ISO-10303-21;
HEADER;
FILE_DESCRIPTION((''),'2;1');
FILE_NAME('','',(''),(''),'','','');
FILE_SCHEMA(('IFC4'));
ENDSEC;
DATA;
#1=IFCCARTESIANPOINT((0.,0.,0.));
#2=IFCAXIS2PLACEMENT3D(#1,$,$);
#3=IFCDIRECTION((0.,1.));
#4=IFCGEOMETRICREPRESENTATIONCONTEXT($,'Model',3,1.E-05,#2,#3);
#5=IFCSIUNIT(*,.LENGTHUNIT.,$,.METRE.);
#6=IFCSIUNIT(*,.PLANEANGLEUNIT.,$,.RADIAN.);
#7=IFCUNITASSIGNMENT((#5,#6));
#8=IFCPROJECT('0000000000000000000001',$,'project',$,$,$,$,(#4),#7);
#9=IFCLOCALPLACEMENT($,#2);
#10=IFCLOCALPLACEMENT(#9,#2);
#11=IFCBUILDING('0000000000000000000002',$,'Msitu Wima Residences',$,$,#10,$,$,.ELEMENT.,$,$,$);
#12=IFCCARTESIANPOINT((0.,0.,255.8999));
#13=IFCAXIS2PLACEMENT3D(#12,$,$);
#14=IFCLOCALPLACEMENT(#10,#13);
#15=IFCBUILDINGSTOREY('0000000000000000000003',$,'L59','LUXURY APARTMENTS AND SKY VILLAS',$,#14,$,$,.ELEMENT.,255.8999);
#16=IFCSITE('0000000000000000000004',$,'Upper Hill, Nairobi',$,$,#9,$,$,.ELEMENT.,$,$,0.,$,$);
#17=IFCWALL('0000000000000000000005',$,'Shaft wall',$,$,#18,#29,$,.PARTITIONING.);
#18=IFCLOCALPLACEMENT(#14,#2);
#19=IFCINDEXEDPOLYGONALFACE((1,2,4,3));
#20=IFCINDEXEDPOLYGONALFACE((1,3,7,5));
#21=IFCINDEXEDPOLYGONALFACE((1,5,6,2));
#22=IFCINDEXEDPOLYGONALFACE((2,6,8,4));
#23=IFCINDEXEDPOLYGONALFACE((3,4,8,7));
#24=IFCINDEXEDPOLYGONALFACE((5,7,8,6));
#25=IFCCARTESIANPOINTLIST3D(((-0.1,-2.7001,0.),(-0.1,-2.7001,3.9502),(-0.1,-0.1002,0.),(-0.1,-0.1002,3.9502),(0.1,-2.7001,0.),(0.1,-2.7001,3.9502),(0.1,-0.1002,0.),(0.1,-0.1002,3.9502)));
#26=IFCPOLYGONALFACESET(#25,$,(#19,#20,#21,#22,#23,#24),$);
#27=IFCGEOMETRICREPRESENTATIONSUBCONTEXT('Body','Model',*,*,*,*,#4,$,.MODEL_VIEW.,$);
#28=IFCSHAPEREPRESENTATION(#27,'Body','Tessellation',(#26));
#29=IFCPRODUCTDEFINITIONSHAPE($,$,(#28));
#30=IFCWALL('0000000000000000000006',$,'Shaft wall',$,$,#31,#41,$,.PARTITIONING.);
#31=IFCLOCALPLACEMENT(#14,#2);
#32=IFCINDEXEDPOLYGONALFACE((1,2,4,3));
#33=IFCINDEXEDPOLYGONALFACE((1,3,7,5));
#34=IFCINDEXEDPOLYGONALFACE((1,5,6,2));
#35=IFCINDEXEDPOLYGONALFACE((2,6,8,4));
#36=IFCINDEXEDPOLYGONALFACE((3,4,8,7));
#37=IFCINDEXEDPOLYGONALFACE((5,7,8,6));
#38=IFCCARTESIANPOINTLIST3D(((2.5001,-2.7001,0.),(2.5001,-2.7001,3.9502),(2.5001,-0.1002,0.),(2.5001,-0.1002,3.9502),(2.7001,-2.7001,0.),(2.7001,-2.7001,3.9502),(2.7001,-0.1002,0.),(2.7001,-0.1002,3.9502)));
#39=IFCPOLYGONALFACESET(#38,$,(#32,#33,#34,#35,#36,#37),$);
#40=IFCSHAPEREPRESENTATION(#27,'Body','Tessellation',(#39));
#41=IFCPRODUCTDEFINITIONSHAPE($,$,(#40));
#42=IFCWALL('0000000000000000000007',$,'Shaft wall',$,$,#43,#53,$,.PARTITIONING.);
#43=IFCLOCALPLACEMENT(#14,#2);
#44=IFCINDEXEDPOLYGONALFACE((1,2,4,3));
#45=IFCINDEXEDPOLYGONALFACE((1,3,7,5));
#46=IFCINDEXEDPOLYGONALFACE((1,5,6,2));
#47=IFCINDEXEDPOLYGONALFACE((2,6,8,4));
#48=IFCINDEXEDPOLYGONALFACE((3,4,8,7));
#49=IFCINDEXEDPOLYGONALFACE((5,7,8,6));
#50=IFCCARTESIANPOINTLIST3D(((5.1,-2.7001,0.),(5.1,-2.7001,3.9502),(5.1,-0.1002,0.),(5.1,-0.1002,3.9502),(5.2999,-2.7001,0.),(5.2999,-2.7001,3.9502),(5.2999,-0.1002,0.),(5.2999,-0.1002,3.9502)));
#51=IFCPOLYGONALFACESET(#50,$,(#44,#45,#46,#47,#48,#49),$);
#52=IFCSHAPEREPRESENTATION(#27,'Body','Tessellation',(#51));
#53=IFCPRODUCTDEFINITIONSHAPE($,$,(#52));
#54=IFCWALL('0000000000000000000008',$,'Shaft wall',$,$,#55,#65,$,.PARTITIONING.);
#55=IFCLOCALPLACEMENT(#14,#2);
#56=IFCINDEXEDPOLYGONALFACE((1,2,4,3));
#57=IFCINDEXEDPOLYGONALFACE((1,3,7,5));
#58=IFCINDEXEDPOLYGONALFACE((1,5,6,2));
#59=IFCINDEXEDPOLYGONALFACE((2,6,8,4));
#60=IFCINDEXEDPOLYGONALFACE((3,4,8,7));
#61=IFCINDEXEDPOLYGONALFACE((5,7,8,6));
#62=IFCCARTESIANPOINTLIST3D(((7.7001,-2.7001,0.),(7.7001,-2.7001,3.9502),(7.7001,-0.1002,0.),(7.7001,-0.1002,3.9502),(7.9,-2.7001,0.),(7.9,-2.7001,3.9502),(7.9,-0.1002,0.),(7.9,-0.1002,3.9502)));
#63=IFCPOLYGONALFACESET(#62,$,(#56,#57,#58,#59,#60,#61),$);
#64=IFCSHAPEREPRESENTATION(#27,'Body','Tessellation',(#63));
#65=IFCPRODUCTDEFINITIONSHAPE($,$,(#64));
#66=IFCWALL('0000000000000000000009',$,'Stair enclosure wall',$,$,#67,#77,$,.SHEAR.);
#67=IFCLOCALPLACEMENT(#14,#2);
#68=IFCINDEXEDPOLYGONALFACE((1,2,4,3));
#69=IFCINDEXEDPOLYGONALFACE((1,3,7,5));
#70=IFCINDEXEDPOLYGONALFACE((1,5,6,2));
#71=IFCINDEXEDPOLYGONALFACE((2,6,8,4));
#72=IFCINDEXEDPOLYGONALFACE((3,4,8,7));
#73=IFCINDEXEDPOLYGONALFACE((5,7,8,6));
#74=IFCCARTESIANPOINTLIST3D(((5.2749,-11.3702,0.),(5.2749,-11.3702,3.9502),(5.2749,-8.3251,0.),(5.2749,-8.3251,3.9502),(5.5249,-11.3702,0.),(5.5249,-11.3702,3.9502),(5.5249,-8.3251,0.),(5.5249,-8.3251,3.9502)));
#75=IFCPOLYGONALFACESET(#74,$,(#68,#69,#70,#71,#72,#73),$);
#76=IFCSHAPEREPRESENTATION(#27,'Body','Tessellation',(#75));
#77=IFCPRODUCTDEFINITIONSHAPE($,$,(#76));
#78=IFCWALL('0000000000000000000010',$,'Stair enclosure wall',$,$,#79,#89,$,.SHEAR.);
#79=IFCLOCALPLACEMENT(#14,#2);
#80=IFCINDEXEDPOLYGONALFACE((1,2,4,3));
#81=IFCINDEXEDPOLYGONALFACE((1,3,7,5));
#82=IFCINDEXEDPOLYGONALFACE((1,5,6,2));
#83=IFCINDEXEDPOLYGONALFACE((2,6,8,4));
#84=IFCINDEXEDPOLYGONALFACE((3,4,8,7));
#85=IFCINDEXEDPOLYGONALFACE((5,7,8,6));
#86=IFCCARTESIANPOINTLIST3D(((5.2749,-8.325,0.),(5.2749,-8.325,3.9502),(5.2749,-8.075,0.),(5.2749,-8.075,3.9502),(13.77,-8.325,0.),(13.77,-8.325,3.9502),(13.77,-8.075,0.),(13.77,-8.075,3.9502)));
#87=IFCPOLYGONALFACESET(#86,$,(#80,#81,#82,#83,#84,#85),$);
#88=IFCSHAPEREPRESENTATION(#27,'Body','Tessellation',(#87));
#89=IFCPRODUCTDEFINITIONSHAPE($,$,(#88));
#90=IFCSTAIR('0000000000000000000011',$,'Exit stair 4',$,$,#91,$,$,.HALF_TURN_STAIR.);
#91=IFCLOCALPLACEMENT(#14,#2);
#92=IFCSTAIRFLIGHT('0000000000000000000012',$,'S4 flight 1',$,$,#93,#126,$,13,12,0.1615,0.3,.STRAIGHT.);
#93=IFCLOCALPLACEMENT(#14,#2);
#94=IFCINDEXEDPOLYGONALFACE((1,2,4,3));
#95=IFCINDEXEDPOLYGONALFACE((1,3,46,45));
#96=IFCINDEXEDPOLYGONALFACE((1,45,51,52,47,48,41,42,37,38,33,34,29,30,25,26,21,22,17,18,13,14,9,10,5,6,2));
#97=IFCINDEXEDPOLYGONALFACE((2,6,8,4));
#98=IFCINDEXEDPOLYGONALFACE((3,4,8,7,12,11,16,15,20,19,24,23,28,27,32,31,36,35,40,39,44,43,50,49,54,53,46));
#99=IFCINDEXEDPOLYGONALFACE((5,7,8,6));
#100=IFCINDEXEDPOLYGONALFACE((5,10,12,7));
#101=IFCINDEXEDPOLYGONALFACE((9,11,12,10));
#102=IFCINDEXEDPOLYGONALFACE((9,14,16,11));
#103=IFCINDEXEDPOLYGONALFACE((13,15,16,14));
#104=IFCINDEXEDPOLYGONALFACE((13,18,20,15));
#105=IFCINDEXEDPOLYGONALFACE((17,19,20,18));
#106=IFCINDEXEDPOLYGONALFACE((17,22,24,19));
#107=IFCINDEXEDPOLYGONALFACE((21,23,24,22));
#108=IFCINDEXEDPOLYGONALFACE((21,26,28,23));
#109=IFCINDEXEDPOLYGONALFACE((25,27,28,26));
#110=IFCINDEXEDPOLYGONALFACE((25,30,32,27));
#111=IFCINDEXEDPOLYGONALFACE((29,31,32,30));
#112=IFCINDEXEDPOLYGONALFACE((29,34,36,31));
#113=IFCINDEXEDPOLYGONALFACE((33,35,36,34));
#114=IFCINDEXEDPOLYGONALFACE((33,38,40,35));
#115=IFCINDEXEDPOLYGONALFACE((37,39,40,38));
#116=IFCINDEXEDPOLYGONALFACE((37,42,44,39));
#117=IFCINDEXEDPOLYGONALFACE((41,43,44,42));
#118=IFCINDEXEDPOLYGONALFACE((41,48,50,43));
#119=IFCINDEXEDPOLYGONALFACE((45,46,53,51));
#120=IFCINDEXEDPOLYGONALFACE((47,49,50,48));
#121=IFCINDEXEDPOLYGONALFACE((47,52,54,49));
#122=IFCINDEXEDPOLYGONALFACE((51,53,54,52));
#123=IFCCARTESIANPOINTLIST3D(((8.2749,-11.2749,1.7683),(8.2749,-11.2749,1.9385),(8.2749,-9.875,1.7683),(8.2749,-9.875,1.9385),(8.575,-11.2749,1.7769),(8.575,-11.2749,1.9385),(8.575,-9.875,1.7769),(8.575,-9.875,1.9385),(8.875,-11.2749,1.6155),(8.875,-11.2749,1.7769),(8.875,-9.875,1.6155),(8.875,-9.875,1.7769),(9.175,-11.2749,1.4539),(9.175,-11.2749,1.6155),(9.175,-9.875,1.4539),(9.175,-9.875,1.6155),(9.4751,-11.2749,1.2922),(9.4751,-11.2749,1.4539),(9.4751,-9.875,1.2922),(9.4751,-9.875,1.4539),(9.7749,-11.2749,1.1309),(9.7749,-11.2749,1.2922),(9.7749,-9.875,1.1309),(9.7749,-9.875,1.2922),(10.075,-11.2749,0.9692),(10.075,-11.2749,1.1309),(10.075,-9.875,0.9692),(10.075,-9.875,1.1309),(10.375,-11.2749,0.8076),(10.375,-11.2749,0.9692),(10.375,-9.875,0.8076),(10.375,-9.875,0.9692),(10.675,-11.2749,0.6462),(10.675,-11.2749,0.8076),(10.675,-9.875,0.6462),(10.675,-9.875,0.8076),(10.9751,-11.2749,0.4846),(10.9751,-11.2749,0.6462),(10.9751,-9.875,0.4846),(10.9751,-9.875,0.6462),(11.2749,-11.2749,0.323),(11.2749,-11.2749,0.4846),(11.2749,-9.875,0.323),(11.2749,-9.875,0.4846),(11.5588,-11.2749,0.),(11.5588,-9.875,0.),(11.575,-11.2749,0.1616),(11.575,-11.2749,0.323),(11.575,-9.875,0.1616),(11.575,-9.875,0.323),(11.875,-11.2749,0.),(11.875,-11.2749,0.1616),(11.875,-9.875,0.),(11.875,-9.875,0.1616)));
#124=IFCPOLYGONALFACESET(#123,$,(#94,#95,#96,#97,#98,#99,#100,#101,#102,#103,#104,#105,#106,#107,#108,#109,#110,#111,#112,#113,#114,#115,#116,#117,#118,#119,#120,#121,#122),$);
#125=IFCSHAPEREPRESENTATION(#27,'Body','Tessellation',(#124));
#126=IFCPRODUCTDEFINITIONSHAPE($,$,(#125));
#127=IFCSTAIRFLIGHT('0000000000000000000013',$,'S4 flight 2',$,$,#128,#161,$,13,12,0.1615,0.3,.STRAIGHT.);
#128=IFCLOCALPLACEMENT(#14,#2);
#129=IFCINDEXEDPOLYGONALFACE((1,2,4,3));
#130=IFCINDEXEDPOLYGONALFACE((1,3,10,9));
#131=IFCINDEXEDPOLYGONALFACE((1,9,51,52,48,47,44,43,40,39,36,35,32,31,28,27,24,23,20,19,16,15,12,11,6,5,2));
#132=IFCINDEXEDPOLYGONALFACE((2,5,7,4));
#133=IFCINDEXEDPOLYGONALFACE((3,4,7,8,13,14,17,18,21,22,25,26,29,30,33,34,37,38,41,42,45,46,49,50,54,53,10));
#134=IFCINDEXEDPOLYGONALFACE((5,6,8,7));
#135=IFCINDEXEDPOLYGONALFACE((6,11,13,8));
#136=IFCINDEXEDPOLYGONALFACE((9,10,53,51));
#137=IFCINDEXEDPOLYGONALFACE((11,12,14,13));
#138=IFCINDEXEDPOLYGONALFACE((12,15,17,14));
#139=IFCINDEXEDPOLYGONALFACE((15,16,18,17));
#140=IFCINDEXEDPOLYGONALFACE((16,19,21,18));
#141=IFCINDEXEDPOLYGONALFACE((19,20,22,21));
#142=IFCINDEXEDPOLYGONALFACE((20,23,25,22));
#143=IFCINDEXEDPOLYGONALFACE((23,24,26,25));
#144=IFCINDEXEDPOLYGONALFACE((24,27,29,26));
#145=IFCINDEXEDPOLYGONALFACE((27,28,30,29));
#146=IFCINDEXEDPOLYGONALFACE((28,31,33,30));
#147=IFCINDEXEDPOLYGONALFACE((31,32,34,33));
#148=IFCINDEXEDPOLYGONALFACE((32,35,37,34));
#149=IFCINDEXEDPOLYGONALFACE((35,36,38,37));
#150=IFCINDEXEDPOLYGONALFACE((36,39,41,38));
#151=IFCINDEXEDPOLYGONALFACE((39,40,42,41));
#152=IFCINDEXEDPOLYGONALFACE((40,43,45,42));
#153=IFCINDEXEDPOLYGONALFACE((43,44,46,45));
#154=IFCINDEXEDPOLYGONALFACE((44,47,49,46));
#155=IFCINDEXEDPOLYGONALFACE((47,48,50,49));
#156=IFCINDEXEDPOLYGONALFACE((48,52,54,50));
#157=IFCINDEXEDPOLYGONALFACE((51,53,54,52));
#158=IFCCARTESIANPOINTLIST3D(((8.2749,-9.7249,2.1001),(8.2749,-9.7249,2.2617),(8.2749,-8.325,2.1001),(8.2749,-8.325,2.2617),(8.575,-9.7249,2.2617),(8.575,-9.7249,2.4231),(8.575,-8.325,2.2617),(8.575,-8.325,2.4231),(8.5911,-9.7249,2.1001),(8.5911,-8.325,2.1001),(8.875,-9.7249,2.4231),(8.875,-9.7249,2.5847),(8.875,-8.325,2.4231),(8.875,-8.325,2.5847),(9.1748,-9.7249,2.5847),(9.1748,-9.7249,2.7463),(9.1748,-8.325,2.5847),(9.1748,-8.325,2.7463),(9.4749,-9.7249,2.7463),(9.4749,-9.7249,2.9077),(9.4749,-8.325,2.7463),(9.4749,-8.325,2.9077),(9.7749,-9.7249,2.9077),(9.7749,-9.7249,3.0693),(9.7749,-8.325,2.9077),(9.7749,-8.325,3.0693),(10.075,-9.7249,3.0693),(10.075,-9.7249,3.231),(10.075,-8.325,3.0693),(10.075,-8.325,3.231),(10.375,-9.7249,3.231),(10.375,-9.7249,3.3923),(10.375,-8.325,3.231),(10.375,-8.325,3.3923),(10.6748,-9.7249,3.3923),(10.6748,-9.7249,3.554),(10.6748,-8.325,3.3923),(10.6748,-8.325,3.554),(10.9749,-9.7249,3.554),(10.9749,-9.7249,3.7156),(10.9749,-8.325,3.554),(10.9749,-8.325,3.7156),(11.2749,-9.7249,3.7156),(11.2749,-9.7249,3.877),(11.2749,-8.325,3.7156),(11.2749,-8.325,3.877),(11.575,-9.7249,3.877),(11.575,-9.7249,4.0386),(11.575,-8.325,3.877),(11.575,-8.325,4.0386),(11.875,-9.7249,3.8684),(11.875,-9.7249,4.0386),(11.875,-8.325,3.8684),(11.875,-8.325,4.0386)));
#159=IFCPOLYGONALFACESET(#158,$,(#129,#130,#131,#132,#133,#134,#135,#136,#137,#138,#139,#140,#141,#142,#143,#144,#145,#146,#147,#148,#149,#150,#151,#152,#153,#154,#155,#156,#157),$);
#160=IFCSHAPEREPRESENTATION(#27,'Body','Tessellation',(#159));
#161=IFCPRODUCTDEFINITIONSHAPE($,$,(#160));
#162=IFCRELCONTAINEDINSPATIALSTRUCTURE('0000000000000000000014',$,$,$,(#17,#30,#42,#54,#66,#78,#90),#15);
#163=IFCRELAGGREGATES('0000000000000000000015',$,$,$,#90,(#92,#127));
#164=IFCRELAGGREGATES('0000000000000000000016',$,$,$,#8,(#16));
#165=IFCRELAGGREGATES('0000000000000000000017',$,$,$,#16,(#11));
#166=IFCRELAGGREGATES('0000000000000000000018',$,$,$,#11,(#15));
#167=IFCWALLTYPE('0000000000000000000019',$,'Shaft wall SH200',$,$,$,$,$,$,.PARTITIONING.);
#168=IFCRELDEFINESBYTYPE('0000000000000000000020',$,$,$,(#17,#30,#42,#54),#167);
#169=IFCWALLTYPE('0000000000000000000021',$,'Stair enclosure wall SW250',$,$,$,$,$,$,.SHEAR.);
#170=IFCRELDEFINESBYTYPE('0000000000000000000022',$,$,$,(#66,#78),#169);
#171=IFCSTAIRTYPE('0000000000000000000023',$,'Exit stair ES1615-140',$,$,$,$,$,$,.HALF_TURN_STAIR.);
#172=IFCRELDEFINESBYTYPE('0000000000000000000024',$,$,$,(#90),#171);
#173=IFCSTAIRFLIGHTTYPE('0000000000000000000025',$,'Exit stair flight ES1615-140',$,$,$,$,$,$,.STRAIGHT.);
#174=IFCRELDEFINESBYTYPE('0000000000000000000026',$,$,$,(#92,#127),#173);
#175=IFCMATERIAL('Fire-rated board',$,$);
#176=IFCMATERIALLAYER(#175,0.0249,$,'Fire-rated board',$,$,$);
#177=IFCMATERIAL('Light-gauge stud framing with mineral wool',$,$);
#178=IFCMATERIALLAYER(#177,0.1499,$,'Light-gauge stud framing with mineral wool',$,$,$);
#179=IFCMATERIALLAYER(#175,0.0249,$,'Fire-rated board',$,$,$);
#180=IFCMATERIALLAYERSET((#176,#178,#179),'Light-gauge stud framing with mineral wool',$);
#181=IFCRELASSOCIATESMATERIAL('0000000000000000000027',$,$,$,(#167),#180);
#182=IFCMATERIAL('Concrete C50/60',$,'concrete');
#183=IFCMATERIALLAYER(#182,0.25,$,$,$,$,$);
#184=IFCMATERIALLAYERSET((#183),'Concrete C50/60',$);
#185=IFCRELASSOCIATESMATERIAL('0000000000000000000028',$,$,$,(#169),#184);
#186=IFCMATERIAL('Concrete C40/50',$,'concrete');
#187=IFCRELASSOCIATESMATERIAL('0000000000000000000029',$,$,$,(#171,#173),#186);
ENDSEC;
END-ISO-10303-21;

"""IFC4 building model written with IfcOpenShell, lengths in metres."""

from ifc_helpers import new_model, si_unit, direction, frame, frame_2d, origin, place, context, subcontext, project, spatial, polyline, rectangle, outline, extrude, material, layer, layer_set, type_object, element, aggregate, save


model = new_model("IFC4")

# Units and contexts
model_context = context("Model", 3, precision=1e-05, world=origin(), true_north=direction((0.0, 1.0)))
body_context = subcontext(model_context, "Body", "Model", "MODEL_VIEW")
ifc_project = project(units=[si_unit("LENGTHUNIT", "METRE"), si_unit("PLANEANGLEUNIT", "RADIAN")], contexts=[model_context])

# Site, building, storey
site_placement = place(None, origin())
site = spatial("IfcSite", under=ifc_project, at=site_placement, Name="Upper Hill, Nairobi", CompositionType="ELEMENT", RefElevation=0.0)
building_placement = place(site_placement, origin())
building = spatial("IfcBuilding", under=site, at=building_placement, Name="Msitu Wima Residences", CompositionType="ELEMENT")
storey_placement = place(building_placement, frame((0.0, 0.0, 255.8999)))
storey = spatial("IfcBuildingStorey", under=building, at=storey_placement, Name="L59", Description="LUXURY APARTMENTS AND SKY VILLAS", CompositionType="ELEMENT", Elevation=255.8999)

# Shared definitions
ifc_material_1 = material(Name="Concrete C40/50", Category="concrete")

# Walls
ifc_material_2 = material(Name="Fire-rated board")
ifc_layer_1 = layer(ifc_material_2, 0.0249, Name="Fire-rated board")
ifc_material_3 = material(Name="Light-gauge stud framing with mineral wool")
ifc_layer_2 = layer(ifc_material_3, 0.1499, Name="Light-gauge stud framing with mineral wool")
ifc_layer_3 = layer(ifc_material_2, 0.0249, Name="Fire-rated board")
ifc_layer_set_1 = layer_set([ifc_layer_1, ifc_layer_2, ifc_layer_3], Name="Light-gauge stud framing with mineral wool")
wall_type_1 = type_object("IfcWallType", Name="Shaft wall SH200", PredefinedType="PARTITIONING", material=ifc_layer_set_1)
for number, where, z_axis, x_axis, name in (
    (1, (0.0, -2.7, 0.0), (0.0, 0.0, 1.0), (0.0, 1.0, 0.0), "Shaft wall"),
    (2, (2.6001, -2.7, 0.0), (0.0, 0.0, 1.0), (0.0, 1.0, 0.0), "Shaft wall"),
    (3, (5.2, -2.7, 0.0), (0.0, 0.0, 1.0), (0.0, 1.0, 0.0), "Shaft wall"),
    (4, (7.8, -2.7, 0.0), (0.0, 0.0, 1.0), (0.0, 1.0, 0.0), "Shaft wall"),
):
    element("IfcWall", number, at=place(storey_placement, frame(where, z_axis=z_axis, x_axis=x_axis)), inside=storey, type_object=wall_type_1, Name=name, PredefinedType="PARTITIONING", context=body_context, shape_type="SweptSolid", body=[
        extrude(rectangle(XDim=2.5999, YDim=0.2, at=frame_2d((1.2998, 0.0))), origin(), (0.0, 0.0, 1.0), 3.9502),
    ])
ifc_material_4 = material(Name="Concrete C50/60", Category="concrete")
ifc_layer_4 = layer(ifc_material_4, 0.25)
ifc_layer_set_2 = layer_set([ifc_layer_4], Name="Concrete C50/60")
wall_type_2 = type_object("IfcWallType", Name="Stair enclosure wall SW250", PredefinedType="SHEAR", material=ifc_layer_set_2)
wall_1_placement = place(storey_placement, frame((5.3999, -11.3701, 0.0), z_axis=(0.0, 0.0, 1.0), x_axis=(0.0, 1.0, 0.0)))
element("IfcWall", 5, at=wall_1_placement, inside=storey, type_object=wall_type_2, Name="Stair enclosure wall", PredefinedType="SHEAR", context=body_context, shape_type="SweptSolid", body=[
    extrude(rectangle(XDim=3.0452, YDim=0.25, at=frame_2d((1.5225, 0.0))), origin(), (0.0, 0.0, 1.0), 3.9502),
])
wall_2_placement = place(storey_placement, frame((5.2749, -8.2, 0.0), z_axis=(0.0, 0.0, 1.0), x_axis=(1.0, 0.0, 0.0)))
element("IfcWall", 6, at=wall_2_placement, inside=storey, type_object=wall_type_2, Name="Stair enclosure wall", PredefinedType="SHEAR", context=body_context, shape_type="SweptSolid", body=[
    extrude(rectangle(XDim=8.4951, YDim=0.25, at=frame_2d((4.2476, 0.0))), origin(), (0.0, 0.0, 1.0), 3.9502),
])

# Stair, stair flights
stair_type = type_object("IfcStairType", Name="Exit stair ES1615-140", PredefinedType="HALF_TURN_STAIR", material=ifc_material_1)
stair_placement = place(storey_placement, origin())
stair = element("IfcStair", 7, at=stair_placement, inside=storey, type_object=stair_type, Name="Exit stair 4", PredefinedType="HALF_TURN_STAIR")
stair_flight_type = type_object("IfcStairFlightType", Name="Exit stair flight ES1615-140", PredefinedType="STRAIGHT", material=ifc_material_1)
stair_flight_1_placement = place(storey_placement, frame((11.875, -10.575, 0.0), z_axis=(0.0, 0.0, 1.0), x_axis=(-1.0, 0.0, 0.0)))
stair_flight_1 = element("IfcStairFlight", 8, at=stair_flight_1_placement, type_object=stair_flight_type, Name="S4 flight 1", NumberOfRisers=13, NumberOfTreads=12, PredefinedType="STRAIGHT", RiserHeight=0.1615, TreadLength=0.3, context=body_context, shape_type="SweptSolid", body=[
    extrude(outline(polyline([(0.0, 0.0), (0.0, 0.1616), (0.3, 0.1616), (0.3, 0.323), (0.6001, 0.323), (0.6001, 0.4846), (0.8999, 0.4846), (0.8999, 0.6462), (1.2, 0.6462), (1.2, 0.8076), (1.5, 0.8076), (1.5, 0.9692), (1.8, 0.9692), (1.8, 1.1309), (2.1001, 1.1309), (2.1001, 1.2922), (2.3999, 1.2922), (2.3999, 1.4539), (2.7, 1.4539), (2.7, 1.6155), (3.0, 1.6155), (3.0, 1.7769), (3.3, 1.7769), (3.3, 1.9385), (3.6001, 1.9385), (3.6001, 2.1001), (3.6001, 1.7683), (0.3162, 0.0), (0.0, 0.0)])), frame((0.0, 0.7, 0.0), z_axis=(0.0, -1.0, 0.0), x_axis=(1.0, 0.0, 0.0)), (0.0, 0.0, 1.0), 1.3999),
])
stair_flight_2_placement = place(storey_placement, frame((8.2749, -9.0249, 2.1001), z_axis=(0.0, 0.0, 1.0), x_axis=(1.0, 0.0, 0.0)))
stair_flight_2 = element("IfcStairFlight", 9, at=stair_flight_2_placement, type_object=stair_flight_type, Name="S4 flight 2", NumberOfRisers=13, NumberOfTreads=12, PredefinedType="STRAIGHT", RiserHeight=0.1615, TreadLength=0.3, context=body_context, shape_type="SweptSolid", body=[
    extrude(outline(polyline([(0.0, 0.0), (0.0, 0.1616), (0.3, 0.1616), (0.3, 0.323), (0.6001, 0.323), (0.6001, 0.4846), (0.8999, 0.4846), (0.8999, 0.6462), (1.2, 0.6462), (1.2, 0.8076), (1.5, 0.8076), (1.5, 0.9692), (1.8, 0.9692), (1.8, 1.1309), (2.1001, 1.1309), (2.1001, 1.2922), (2.3999, 1.2922), (2.3999, 1.4539), (2.7, 1.4539), (2.7, 1.6155), (3.0, 1.6155), (3.0, 1.7769), (3.3, 1.7769), (3.3, 1.9385), (3.6001, 1.9385), (3.6001, 2.1001), (3.6001, 1.7683), (0.3162, 0.0), (0.0, 0.0)])), frame((0.0, 0.7, 0.0), z_axis=(0.0, -1.0, 0.0), x_axis=(1.0, 0.0, 0.0)), (0.0, 0.0, 1.0), 1.3999),
])
aggregate(stair, [stair_flight_1, stair_flight_2])

save(model, "model.ifc")
